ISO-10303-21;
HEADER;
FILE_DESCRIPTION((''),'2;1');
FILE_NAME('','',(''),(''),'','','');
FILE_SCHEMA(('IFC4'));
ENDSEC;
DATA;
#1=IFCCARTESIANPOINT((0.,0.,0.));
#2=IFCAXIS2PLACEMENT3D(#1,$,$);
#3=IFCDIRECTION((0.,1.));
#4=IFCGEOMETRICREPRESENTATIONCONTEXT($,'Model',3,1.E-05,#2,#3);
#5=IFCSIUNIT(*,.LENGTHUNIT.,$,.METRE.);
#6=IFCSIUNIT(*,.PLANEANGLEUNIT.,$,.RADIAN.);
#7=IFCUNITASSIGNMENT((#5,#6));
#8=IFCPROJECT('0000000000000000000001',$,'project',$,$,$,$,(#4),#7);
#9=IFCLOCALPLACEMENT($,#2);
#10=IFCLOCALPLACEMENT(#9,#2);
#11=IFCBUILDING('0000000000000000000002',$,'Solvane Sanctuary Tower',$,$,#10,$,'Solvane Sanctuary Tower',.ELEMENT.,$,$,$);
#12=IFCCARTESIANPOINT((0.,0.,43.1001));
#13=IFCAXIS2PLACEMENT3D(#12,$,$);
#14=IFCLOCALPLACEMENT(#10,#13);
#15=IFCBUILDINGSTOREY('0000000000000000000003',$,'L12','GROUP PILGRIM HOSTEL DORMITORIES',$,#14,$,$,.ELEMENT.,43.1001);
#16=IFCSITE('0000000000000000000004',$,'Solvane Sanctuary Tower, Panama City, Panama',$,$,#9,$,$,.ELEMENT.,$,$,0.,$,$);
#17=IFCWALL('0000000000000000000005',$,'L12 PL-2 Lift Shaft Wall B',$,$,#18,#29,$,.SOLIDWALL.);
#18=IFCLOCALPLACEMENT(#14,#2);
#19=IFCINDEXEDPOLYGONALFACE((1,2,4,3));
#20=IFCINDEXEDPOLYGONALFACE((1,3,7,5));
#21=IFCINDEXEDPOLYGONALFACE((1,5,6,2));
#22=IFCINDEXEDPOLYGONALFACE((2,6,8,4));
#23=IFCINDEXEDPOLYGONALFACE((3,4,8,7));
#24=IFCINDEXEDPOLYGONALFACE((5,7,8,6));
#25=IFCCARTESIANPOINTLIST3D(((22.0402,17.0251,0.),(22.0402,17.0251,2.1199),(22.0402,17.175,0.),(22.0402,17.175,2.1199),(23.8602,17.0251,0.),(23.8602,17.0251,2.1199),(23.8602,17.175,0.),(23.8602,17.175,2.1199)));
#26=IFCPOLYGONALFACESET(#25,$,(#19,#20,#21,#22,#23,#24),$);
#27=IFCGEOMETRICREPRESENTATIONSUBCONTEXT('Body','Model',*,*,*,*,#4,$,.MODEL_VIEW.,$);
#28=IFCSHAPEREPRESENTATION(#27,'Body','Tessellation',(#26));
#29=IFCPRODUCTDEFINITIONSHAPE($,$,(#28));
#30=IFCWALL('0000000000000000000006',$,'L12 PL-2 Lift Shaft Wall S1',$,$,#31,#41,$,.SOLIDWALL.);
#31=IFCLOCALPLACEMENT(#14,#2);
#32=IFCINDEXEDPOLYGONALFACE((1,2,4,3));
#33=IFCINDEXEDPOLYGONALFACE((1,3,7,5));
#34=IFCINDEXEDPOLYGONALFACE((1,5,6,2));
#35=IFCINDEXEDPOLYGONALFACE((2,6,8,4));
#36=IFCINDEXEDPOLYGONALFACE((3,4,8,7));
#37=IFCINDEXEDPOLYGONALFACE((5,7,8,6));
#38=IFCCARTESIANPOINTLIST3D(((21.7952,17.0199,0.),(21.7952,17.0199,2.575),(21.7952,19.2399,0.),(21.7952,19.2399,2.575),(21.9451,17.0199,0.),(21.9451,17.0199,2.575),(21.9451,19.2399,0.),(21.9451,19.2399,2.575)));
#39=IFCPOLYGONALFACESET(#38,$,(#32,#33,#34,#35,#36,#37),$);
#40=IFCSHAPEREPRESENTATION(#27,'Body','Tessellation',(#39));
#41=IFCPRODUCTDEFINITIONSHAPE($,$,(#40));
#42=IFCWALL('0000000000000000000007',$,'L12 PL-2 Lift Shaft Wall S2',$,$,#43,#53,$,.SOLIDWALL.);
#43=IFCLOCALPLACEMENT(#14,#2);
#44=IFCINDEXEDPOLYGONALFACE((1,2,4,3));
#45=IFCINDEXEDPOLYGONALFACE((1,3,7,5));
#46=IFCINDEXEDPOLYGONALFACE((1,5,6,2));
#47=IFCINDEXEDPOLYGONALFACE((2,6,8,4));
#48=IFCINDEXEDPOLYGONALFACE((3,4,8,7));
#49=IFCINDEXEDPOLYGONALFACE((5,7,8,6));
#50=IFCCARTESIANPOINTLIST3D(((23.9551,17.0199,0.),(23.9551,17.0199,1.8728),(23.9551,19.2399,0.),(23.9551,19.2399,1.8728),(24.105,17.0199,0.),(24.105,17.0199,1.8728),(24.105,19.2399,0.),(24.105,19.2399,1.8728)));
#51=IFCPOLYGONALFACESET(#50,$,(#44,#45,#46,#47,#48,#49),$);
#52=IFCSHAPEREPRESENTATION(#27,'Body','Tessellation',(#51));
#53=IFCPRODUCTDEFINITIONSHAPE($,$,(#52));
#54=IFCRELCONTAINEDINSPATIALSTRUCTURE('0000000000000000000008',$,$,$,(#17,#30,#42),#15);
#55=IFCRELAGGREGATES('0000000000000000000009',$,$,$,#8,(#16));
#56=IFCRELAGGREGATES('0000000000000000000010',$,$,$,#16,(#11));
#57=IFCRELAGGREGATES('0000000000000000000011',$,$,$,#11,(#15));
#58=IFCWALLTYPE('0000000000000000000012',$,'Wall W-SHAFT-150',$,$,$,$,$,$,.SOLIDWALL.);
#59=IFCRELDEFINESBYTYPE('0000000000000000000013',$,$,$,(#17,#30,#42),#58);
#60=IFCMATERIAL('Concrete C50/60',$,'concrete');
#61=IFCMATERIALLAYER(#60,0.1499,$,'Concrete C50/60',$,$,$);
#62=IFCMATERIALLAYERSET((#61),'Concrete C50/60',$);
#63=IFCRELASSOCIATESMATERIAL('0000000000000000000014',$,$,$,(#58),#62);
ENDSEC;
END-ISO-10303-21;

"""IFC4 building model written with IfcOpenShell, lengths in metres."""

from ifc_helpers import new_model, si_unit, direction, frame, frame_2d, origin, place, context, subcontext, project, spatial, rectangle, extrude, material, layer, layer_set, type_object, element, save


model = new_model("IFC4")

# Units and contexts
model_context = context("Model", 3, precision=1e-05, world=origin(), true_north=direction((0.0, 1.0)))
body_context = subcontext(model_context, "Body", "Model", "MODEL_VIEW")
ifc_project = project(units=[si_unit("LENGTHUNIT", "METRE"), si_unit("PLANEANGLEUNIT", "RADIAN")], contexts=[model_context])

# Site, building, storey
site_placement = place(None, origin())
site = spatial("IfcSite", under=ifc_project, at=site_placement, Name="Solvane Sanctuary Tower, Panama City, Panama", CompositionType="ELEMENT", RefElevation=0.0)
building_placement = place(site_placement, origin())
building = spatial("IfcBuilding", under=site, at=building_placement, Name="Solvane Sanctuary Tower", LongName="Solvane Sanctuary Tower", CompositionType="ELEMENT")
storey_placement = place(building_placement, frame((0.0, 0.0, 43.1001)))
storey = spatial("IfcBuildingStorey", under=building, at=storey_placement, Name="L12", Description="GROUP PILGRIM HOSTEL DORMITORIES", CompositionType="ELEMENT", Elevation=43.1001)

# Shared definitions
ifc_material_1 = material(Name="Concrete C50/60", Category="concrete")
ifc_layer_1 = layer(ifc_material_1, 0.1499, Name="Concrete C50/60")
ifc_layer_set_1 = layer_set([ifc_layer_1], Name="Concrete C50/60")
wall_type_1 = type_object("IfcWallType", Name="Wall W-SHAFT-150", PredefinedType="SOLIDWALL", material=ifc_layer_set_1)

# Walls
wall_1_placement = place(storey_placement, frame((22.04, 17.1001, 0.0), z_axis=(0.0, 0.0, 1.0), x_axis=(1.0, 0.0, 0.0)))
element("IfcWall", 1, at=wall_1_placement, inside=storey, type_object=wall_type_1, Name="L12 PL-2 Lift Shaft Wall B", PredefinedType="SOLIDWALL", context=body_context, shape_type="SweptSolid", body=[
    extrude(rectangle(XDim=1.8201, YDim=0.1499, at=frame_2d((0.9102, 0.0))), origin(), (0.0, 0.0, 1.0), 2.1199),
])
wall_2_placement = place(storey_placement, frame((21.8701, 17.02, 0.0), z_axis=(0.0, 0.0, 1.0), x_axis=(0.0, 1.0, 0.0)))
element("IfcWall", 2, at=wall_2_placement, inside=storey, type_object=wall_type_1, Name="L12 PL-2 Lift Shaft Wall S1", PredefinedType="SOLIDWALL", context=body_context, shape_type="SweptSolid", body=[
    extrude(rectangle(XDim=2.22, YDim=0.1499, at=frame_2d((1.1099, 0.0))), origin(), (0.0, 0.0, 1.0), 2.575),
])
wall_3_placement = place(storey_placement, frame((24.03, 17.02, 0.0), z_axis=(0.0, 0.0, 1.0), x_axis=(0.0, 1.0, 0.0)))
element("IfcWall", 3, at=wall_3_placement, inside=storey, type_object=wall_type_1, Name="L12 PL-2 Lift Shaft Wall S2", PredefinedType="SOLIDWALL", context=body_context, shape_type="SweptSolid", body=[
    extrude(rectangle(XDim=2.22, YDim=0.1499, at=frame_2d((1.1099, 0.0))), origin(), (0.0, 0.0, 1.0), 1.8728),
])

save(model, "model.ifc")
